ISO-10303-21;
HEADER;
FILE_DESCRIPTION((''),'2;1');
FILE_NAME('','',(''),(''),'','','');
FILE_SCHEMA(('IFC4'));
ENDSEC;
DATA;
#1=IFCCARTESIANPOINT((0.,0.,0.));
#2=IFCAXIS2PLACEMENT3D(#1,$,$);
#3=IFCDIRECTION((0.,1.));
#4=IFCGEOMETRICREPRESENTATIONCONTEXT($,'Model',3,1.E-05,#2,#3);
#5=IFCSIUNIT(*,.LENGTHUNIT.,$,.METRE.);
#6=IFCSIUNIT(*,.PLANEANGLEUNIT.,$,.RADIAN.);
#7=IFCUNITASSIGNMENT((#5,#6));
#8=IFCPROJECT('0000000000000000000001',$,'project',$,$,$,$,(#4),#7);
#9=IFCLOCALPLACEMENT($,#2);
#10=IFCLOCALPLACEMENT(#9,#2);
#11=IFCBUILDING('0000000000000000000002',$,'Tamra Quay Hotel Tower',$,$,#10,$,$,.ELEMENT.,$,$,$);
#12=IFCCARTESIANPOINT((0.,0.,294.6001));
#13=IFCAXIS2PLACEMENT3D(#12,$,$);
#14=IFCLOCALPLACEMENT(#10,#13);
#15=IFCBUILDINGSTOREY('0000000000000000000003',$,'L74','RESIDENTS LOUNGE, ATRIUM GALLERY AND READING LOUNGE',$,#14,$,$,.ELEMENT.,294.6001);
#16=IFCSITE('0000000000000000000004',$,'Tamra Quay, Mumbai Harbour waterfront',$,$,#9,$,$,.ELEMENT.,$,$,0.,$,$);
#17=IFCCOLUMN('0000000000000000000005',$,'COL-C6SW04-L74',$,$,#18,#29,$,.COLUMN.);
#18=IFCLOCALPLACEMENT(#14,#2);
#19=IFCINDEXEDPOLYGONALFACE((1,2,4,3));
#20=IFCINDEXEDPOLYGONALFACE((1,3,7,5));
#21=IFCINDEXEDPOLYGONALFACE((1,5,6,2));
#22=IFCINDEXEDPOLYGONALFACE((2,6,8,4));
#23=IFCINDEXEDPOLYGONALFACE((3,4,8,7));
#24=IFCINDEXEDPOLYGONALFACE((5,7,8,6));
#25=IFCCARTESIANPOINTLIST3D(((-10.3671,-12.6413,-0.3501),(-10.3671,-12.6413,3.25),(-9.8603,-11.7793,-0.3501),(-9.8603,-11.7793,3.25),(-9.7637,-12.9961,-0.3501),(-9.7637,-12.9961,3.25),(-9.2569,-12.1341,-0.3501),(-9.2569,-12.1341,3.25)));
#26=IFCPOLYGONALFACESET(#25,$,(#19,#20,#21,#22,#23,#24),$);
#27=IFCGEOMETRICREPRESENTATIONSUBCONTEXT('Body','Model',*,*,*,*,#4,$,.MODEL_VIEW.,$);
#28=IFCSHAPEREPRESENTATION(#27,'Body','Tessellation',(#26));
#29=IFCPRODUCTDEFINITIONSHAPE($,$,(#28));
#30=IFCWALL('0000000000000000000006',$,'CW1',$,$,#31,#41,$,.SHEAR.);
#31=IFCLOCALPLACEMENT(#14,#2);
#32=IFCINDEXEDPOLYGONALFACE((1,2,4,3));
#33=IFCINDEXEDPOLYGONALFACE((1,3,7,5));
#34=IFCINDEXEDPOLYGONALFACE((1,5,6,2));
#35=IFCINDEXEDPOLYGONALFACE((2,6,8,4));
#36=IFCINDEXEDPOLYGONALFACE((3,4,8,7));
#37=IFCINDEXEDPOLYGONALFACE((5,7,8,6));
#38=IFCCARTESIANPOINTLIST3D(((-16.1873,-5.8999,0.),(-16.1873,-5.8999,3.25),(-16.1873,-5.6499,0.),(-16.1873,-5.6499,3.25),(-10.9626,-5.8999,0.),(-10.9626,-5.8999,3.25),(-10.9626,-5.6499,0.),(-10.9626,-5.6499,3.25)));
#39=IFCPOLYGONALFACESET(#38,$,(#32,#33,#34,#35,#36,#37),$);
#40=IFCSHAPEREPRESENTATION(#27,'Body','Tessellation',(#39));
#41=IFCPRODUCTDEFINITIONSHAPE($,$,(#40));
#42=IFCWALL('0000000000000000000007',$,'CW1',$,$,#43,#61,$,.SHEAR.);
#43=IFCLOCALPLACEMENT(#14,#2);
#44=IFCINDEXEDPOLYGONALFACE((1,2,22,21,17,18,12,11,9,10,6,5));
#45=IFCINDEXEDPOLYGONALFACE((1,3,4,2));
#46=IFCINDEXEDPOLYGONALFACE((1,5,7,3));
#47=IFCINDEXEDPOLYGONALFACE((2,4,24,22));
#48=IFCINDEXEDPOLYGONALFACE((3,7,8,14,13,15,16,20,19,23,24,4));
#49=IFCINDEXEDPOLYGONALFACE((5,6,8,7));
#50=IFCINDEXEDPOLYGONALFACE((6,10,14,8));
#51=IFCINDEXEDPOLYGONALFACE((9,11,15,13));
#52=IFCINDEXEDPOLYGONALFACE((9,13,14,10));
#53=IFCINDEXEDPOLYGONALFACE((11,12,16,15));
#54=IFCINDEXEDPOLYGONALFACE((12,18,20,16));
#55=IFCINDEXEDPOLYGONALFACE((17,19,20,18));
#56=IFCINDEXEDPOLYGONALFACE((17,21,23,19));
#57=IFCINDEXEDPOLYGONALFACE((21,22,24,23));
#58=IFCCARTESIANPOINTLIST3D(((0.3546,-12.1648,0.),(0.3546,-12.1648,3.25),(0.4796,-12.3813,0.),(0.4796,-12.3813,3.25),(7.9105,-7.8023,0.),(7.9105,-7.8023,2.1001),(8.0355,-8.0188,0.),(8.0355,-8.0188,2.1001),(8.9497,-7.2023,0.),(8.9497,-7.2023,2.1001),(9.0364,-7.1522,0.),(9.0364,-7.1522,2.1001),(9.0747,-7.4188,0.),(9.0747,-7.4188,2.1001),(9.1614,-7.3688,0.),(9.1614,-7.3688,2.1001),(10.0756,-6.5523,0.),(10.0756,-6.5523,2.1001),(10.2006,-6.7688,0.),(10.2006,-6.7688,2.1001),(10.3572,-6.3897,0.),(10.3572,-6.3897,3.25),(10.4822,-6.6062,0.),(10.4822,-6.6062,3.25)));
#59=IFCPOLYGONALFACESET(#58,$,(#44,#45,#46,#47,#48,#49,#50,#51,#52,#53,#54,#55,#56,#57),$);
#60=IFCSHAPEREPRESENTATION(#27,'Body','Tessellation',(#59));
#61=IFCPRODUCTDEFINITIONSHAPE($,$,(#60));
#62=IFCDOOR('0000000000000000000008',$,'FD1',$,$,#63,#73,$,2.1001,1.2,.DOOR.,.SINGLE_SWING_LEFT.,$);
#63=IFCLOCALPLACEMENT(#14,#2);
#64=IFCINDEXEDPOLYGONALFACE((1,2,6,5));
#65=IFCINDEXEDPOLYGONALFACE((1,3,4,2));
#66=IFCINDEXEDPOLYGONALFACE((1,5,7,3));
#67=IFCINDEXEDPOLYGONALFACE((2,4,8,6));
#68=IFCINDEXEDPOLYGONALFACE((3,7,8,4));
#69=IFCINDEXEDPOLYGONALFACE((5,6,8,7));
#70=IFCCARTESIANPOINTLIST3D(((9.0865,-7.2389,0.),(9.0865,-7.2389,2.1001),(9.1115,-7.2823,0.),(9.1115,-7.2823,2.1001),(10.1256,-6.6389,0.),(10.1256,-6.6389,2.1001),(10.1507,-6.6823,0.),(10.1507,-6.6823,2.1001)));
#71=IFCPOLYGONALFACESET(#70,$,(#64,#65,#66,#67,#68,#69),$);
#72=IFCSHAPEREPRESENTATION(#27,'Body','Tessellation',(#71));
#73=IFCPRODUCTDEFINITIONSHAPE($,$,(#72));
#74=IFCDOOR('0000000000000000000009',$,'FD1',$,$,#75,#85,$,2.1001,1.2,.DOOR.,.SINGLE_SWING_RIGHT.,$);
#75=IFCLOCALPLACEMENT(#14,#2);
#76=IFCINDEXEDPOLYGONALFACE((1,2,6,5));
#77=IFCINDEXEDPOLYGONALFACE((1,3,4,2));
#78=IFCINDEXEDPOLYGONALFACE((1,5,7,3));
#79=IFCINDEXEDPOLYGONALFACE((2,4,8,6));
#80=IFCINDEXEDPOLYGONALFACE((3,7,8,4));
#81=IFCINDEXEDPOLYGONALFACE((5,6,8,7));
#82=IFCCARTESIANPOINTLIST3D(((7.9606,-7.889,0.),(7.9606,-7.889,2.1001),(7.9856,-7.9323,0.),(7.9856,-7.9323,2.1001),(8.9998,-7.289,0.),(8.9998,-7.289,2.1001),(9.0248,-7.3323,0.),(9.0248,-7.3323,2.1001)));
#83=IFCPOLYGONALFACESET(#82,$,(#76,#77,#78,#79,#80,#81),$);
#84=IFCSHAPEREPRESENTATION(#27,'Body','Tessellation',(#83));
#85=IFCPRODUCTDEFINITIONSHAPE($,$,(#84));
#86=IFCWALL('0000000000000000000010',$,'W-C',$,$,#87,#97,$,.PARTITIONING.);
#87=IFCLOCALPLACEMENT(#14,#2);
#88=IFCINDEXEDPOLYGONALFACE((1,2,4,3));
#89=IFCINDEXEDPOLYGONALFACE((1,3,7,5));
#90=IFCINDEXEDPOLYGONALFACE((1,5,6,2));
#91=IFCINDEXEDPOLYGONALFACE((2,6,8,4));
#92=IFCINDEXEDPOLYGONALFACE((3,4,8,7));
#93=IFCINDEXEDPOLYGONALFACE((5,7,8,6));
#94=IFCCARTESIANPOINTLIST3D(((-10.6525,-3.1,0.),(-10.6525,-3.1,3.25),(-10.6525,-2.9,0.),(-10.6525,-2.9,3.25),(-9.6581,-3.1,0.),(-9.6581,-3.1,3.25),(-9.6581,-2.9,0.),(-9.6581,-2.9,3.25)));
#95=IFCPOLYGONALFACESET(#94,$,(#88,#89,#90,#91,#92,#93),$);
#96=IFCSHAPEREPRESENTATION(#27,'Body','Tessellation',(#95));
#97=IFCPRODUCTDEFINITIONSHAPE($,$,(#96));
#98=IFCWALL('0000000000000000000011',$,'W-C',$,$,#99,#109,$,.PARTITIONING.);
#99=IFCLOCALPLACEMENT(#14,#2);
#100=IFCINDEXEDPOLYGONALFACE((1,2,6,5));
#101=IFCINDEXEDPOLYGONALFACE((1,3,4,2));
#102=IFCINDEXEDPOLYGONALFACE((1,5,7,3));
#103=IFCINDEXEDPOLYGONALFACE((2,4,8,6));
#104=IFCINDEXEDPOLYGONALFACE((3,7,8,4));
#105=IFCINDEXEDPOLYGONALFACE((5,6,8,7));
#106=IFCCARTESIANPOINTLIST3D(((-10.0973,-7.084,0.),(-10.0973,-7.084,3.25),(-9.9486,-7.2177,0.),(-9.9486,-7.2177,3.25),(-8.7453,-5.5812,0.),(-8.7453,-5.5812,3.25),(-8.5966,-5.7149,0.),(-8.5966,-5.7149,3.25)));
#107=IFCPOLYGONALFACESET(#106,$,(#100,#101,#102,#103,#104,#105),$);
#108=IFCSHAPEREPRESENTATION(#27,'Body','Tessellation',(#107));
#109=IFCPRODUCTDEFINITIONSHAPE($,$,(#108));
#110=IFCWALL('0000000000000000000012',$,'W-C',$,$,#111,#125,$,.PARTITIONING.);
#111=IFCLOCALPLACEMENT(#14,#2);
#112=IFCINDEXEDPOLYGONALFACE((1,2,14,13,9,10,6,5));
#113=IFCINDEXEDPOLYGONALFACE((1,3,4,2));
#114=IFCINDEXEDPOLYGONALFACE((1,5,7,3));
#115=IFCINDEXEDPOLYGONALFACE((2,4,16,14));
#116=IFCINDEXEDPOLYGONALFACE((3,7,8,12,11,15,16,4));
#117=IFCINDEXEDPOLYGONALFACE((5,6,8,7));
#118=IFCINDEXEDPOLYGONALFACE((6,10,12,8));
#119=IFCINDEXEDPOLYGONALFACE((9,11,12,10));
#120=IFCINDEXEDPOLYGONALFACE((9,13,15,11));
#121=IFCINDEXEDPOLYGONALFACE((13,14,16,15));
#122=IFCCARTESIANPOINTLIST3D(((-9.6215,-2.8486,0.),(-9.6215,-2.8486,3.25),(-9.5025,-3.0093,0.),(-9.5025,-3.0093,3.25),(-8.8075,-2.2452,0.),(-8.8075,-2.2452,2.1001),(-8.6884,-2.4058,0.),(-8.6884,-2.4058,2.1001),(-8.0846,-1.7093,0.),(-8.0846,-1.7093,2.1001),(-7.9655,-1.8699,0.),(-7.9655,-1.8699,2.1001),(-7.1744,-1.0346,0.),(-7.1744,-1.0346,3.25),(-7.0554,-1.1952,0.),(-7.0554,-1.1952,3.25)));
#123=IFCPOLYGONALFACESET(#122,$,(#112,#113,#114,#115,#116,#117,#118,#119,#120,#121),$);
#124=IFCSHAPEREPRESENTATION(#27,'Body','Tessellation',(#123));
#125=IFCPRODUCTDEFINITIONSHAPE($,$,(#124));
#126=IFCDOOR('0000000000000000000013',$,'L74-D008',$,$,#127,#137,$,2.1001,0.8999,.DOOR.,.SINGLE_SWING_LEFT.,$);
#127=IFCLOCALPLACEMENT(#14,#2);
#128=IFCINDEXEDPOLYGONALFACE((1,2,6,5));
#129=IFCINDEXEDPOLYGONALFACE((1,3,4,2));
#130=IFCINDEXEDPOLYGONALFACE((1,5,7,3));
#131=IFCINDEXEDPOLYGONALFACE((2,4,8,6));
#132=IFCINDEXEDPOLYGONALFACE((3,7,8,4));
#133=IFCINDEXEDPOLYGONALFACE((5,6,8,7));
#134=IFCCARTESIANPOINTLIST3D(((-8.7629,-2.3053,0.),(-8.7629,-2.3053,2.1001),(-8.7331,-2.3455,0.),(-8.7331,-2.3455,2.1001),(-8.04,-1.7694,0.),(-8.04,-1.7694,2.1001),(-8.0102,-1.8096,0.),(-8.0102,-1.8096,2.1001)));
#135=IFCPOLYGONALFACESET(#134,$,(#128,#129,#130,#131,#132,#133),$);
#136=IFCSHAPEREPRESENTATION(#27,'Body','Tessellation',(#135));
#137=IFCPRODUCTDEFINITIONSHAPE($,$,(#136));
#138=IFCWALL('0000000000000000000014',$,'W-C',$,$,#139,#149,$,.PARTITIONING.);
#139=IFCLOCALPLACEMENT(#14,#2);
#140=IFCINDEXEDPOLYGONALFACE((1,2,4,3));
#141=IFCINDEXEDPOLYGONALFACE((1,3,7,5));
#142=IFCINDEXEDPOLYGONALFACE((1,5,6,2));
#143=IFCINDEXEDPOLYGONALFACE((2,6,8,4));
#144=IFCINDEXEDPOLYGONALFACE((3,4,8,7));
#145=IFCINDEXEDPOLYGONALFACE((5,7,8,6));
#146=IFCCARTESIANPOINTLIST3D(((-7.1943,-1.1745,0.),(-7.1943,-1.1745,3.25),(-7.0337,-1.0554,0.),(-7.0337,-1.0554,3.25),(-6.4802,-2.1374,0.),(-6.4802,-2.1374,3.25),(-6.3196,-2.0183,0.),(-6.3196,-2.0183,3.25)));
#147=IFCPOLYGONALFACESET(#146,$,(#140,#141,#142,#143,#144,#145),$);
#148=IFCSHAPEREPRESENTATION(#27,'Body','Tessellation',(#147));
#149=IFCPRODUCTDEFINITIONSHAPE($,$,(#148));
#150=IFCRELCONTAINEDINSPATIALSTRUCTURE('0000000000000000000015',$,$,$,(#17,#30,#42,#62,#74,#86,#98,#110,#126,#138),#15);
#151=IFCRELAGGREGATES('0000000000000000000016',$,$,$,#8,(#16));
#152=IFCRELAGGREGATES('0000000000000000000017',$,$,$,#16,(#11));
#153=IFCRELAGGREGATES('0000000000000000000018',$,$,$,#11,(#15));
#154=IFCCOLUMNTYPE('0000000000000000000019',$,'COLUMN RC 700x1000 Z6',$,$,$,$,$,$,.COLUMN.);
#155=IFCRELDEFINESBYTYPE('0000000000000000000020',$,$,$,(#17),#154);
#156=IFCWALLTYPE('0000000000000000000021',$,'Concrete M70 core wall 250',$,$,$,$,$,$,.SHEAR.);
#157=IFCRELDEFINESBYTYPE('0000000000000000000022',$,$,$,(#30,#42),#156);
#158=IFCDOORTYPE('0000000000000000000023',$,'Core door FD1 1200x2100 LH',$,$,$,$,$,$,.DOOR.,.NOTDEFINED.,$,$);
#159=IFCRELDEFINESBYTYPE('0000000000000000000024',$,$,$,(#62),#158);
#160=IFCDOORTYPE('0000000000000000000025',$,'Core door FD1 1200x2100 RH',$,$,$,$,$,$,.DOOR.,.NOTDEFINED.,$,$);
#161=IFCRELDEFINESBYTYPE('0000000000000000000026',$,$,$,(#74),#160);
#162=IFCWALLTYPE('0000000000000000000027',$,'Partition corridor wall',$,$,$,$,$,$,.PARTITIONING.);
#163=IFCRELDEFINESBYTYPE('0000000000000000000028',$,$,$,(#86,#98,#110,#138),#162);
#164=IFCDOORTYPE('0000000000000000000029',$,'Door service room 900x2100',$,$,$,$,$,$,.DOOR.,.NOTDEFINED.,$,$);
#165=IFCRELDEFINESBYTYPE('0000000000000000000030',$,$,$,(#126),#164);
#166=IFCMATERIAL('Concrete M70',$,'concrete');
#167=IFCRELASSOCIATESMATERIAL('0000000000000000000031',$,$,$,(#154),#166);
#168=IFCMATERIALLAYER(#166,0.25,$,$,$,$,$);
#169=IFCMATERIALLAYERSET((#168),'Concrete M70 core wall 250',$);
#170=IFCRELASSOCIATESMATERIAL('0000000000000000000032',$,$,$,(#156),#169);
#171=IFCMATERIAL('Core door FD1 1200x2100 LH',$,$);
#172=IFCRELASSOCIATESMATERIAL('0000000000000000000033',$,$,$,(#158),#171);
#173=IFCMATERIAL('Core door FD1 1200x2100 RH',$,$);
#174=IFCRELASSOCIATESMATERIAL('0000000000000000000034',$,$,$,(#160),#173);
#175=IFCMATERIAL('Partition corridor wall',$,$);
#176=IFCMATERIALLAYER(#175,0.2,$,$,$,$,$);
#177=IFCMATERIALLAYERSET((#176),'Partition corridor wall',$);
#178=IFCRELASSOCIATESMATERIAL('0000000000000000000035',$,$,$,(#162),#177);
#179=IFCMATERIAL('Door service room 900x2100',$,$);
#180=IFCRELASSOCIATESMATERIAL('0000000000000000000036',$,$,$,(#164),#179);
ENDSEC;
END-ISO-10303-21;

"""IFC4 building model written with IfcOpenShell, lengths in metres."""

from ifc_helpers import new_model, si_unit, direction, frame, frame_2d, origin, origin_2d, place, context, subcontext, project, spatial, rectangle, extrude, material, layer, layer_set, material_profile, profile_set, type_object, element, fill, save


model = new_model("IFC4")

# Units and contexts
model_context = context("Model", 3, precision=1e-05, world=origin(), true_north=direction((0.0, 1.0)))
body_context = subcontext(model_context, "Body", "Model", "MODEL_VIEW")
ifc_project = project(units=[si_unit("LENGTHUNIT", "METRE"), si_unit("PLANEANGLEUNIT", "RADIAN")], contexts=[model_context])

# Site, building, storey
site_placement = place(None, origin())
site = spatial("IfcSite", under=ifc_project, at=site_placement, Name="Tamra Quay, Mumbai Harbour waterfront", CompositionType="ELEMENT", RefElevation=0.0)
building_placement = place(site_placement, origin())
building = spatial("IfcBuilding", under=site, at=building_placement, Name="Tamra Quay Hotel Tower", CompositionType="ELEMENT")
storey_placement = place(building_placement, frame((0.0, 0.0, 294.6001)))
storey = spatial("IfcBuildingStorey", under=building, at=storey_placement, Name="L74", Description="RESIDENTS LOUNGE, ATRIUM GALLERY AND READING LOUNGE", CompositionType="ELEMENT", Elevation=294.6001)

# Column
ifc_material_1 = material(Name="Concrete M70", Category="concrete")
ifc_material_profile = material_profile(ifc_material_1, rectangle(XDim=1.0, YDim=0.7, at=origin_2d()), Name="COLUMN RC 700x1000 Z6")
ifc_profile_set = profile_set([ifc_material_profile], Name="Concrete M70")
column_type = type_object("IfcColumnType", Name="COLUMN RC 700x1000 Z6", PredefinedType="COLUMN", material=ifc_profile_set)
column_placement = place(storey_placement, frame((-9.812, -12.3877, -0.3501), z_axis=(0.0, 0.0, 1.0), x_axis=(0.506843, 0.862038, 0.0)))
element("IfcColumn", 1, at=column_placement, inside=storey, type_object=column_type, Name="COL-C6SW04-L74", PredefinedType="COLUMN", context=body_context, shape_type="SweptSolid", body=[
    extrude(rectangle(XDim=1.0, YDim=0.7, at=origin_2d()), origin(), (0.0, 0.0, 1.0), 3.6001),
])

# Wall
ifc_layer_1 = layer(ifc_material_1, 0.25)
ifc_layer_set_1 = layer_set([ifc_layer_1], Name="Concrete M70 core wall 250")
wall_type_1 = type_object("IfcWallType", Name="Concrete M70 core wall 250", PredefinedType="SHEAR", material=ifc_layer_set_1)
wall_1_placement = place(storey_placement, frame((-10.9626, -5.7749, 0.0), z_axis=(0.0, 0.0, 1.0), x_axis=(-1.0, 0.0, 0.0)))
element("IfcWall", 2, at=wall_1_placement, inside=storey, type_object=wall_type_1, Name="CW1", PredefinedType="SHEAR", context=body_context, shape_type="SweptSolid", body=[
    extrude(rectangle(XDim=5.2246, YDim=0.25, at=frame_2d((2.6123, 0.0))), origin(), (0.0, 0.0, 1.0), 3.25),
])

# Wall, openings, doors
wall_2_placement = place(storey_placement, frame((0.4172, -12.2729, 0.0), z_axis=(0.0, 0.0, 1.0), x_axis=(0.866022, 0.500006, 0.0)))
wall_2 = element("IfcWall", 3, at=wall_2_placement, inside=storey, type_object=wall_type_1, Name="CW1", PredefinedType="SHEAR", context=body_context, shape_type="SweptSolid", body=[
    extrude(rectangle(XDim=11.55, YDim=0.25, at=frame_2d((5.7749, 0.0))), origin(), (0.0, 0.0, 1.0), 3.25),
])
opening_1_placement = place(wall_2_placement, frame((10.0247, 0.0, 0.0)))
opening_1 = element("IfcOpeningElement", 4, at=opening_1_placement, cuts=wall_2, PredefinedType="OPENING", context=body_context, shape_type="SweptSolid", body=[
    extrude(rectangle(XDim=1.2, YDim=2.1001, at=frame_2d((0.6001, 1.05))), frame((0.0, 0.135, 0.0), z_axis=(0.0, -1.0, 0.0), x_axis=(1.0, 0.0, 0.0)), (0.0, 0.0, 1.0), 0.27),
])
opening_2_placement = place(wall_2_placement, frame((8.7246, 0.0, 0.0)))
opening_2 = element("IfcOpeningElement", 5, at=opening_2_placement, cuts=wall_2, PredefinedType="OPENING", context=body_context, shape_type="SweptSolid", body=[
    extrude(rectangle(XDim=1.2, YDim=2.1001, at=frame_2d((0.6001, 1.05))), frame((0.0, 0.135, 0.0), z_axis=(0.0, -1.0, 0.0), x_axis=(1.0, 0.0, 0.0)), (0.0, 0.0, 1.0), 0.27),
])
ifc_material_2 = material(Name="Core door FD1 1200x2100 LH")
door_type_1 = type_object("IfcDoorType", Name="Core door FD1 1200x2100 LH", OperationType="NOTDEFINED", PredefinedType="DOOR", material=ifc_material_2)
door_1_placement = place(opening_1_placement, origin())
door_1 = element("IfcDoor", 6, at=door_1_placement, inside=storey, type_object=door_type_1, Name="FD1", OperationType="SINGLE_SWING_LEFT", OverallHeight=2.1001, OverallWidth=1.2, PredefinedType="DOOR", context=body_context, shape_type="SweptSolid", body=[
    extrude(rectangle(XDim=1.2, YDim=2.1001, at=frame_2d((0.6001, 1.05))), frame((0.0, 0.0249, 0.0), z_axis=(0.0, -1.0, 0.0), x_axis=(1.0, 0.0, 0.0)), (0.0, 0.0, 1.0), 0.05),
])
fill(opening_1, door_1)
ifc_material_3 = material(Name="Core door FD1 1200x2100 RH")
door_type_2 = type_object("IfcDoorType", Name="Core door FD1 1200x2100 RH", OperationType="NOTDEFINED", PredefinedType="DOOR", material=ifc_material_3)
door_2_placement = place(opening_2_placement, origin())
door_2 = element("IfcDoor", 7, at=door_2_placement, inside=storey, type_object=door_type_2, Name="FD1", OperationType="SINGLE_SWING_RIGHT", OverallHeight=2.1001, OverallWidth=1.2, PredefinedType="DOOR", context=body_context, shape_type="SweptSolid", body=[
    extrude(rectangle(XDim=1.2, YDim=2.1001, at=frame_2d((0.6001, 1.05))), frame((0.0, 0.0249, 0.0), z_axis=(0.0, -1.0, 0.0), x_axis=(1.0, 0.0, 0.0)), (0.0, 0.0, 1.0), 0.05),
])
fill(opening_2, door_2)

# Walls
ifc_material_4 = material(Name="Partition corridor wall")
ifc_layer_2 = layer(ifc_material_4, 0.2)
ifc_layer_set_2 = layer_set([ifc_layer_2], Name="Partition corridor wall")
wall_type_2 = type_object("IfcWallType", Name="Partition corridor wall", PredefinedType="PARTITIONING", material=ifc_layer_set_2)
wall_3_placement = place(storey_placement, frame((-10.6523, -3.0, 0.0), z_axis=(0.0, 0.0, 1.0), x_axis=(1.0, 0.0, 0.0)))
element("IfcWall", 8, at=wall_3_placement, inside=storey, type_object=wall_type_2, Name="W-C", PredefinedType="PARTITIONING", context=body_context, shape_type="SweptSolid", body=[
    extrude(rectangle(XDim=0.9944, YDim=0.2, at=frame_2d((0.4971, 0.0))), origin(), (0.0, 0.0, 1.0), 3.25),
])
wall_4_placement = place(storey_placement, frame((-10.0229, -7.1509, 0.0), z_axis=(0.0, 0.0, 1.0), x_axis=(0.668805, 0.743438, 0.0)))
element("IfcWall", 9, at=wall_4_placement, inside=storey, type_object=wall_type_2, Name="W-C", PredefinedType="PARTITIONING", context=body_context, shape_type="SweptSolid", body=[
    extrude(rectangle(XDim=2.0215, YDim=0.2, at=frame_2d((1.0107, 0.0))), origin(), (0.0, 0.0, 1.0), 3.25),
])

# Wall, opening, door
wall_5_placement = place(storey_placement, frame((-7.115, -1.115, 0.0), z_axis=(0.0, 0.0, 1.0), x_axis=(-0.803344, -0.595515, 0.0)))
wall_5 = element("IfcWall", 10, at=wall_5_placement, inside=storey, type_object=wall_type_2, Name="W-C", PredefinedType="PARTITIONING", context=body_context, shape_type="SweptSolid", body=[
    extrude(rectangle(XDim=3.0461, YDim=0.2, at=frame_2d((1.5229, 0.0))), origin(), (0.0, 0.0, 1.0), 3.25),
])
opening_3_placement = place(wall_5_placement, frame((1.1328, 0.0, 0.0)))
opening_3 = element("IfcOpeningElement", 11, at=opening_3_placement, cuts=wall_5, PredefinedType="OPENING", context=body_context, shape_type="SweptSolid", body=[
    extrude(rectangle(XDim=0.8999, YDim=2.1001, at=frame_2d((0.45, 1.05))), frame((0.0, 0.1099, 0.0), z_axis=(0.0, -1.0, 0.0), x_axis=(1.0, 0.0, 0.0)), (0.0, 0.0, 1.0), 0.22),
])
ifc_material_5 = material(Name="Door service room 900x2100")
door_type_3 = type_object("IfcDoorType", Name="Door service room 900x2100", OperationType="NOTDEFINED", PredefinedType="DOOR", material=ifc_material_5)
door_3_placement = place(opening_3_placement, origin())
door_3 = element("IfcDoor", 12, at=door_3_placement, inside=storey, type_object=door_type_3, Name="L74-D008", OperationType="SINGLE_SWING_LEFT", OverallHeight=2.1001, OverallWidth=0.8999, PredefinedType="DOOR", context=body_context, shape_type="SweptSolid", body=[
    extrude(rectangle(XDim=0.8999, YDim=2.1001, at=frame_2d((0.45, 1.05))), frame((0.0, 0.0249, 0.0), z_axis=(0.0, -1.0, 0.0), x_axis=(1.0, 0.0, 0.0)), (0.0, 0.0, 1.0), 0.05),
])
fill(opening_3, door_3)

# Wall
wall_6_placement = place(storey_placement, frame((-7.114, -1.115, 0.0), z_axis=(0.0, 0.0, 1.0), x_axis=(0.59569, -0.803214, 0.0)))
element("IfcWall", 13, at=wall_6_placement, inside=storey, type_object=wall_type_2, Name="W-C", PredefinedType="PARTITIONING", context=body_context, shape_type="SweptSolid", body=[
    extrude(rectangle(XDim=1.1987, YDim=0.2, at=frame_2d((0.5994, 0.0))), origin(), (0.0, 0.0, 1.0), 3.25),
])

save(model, "model.ifc")
